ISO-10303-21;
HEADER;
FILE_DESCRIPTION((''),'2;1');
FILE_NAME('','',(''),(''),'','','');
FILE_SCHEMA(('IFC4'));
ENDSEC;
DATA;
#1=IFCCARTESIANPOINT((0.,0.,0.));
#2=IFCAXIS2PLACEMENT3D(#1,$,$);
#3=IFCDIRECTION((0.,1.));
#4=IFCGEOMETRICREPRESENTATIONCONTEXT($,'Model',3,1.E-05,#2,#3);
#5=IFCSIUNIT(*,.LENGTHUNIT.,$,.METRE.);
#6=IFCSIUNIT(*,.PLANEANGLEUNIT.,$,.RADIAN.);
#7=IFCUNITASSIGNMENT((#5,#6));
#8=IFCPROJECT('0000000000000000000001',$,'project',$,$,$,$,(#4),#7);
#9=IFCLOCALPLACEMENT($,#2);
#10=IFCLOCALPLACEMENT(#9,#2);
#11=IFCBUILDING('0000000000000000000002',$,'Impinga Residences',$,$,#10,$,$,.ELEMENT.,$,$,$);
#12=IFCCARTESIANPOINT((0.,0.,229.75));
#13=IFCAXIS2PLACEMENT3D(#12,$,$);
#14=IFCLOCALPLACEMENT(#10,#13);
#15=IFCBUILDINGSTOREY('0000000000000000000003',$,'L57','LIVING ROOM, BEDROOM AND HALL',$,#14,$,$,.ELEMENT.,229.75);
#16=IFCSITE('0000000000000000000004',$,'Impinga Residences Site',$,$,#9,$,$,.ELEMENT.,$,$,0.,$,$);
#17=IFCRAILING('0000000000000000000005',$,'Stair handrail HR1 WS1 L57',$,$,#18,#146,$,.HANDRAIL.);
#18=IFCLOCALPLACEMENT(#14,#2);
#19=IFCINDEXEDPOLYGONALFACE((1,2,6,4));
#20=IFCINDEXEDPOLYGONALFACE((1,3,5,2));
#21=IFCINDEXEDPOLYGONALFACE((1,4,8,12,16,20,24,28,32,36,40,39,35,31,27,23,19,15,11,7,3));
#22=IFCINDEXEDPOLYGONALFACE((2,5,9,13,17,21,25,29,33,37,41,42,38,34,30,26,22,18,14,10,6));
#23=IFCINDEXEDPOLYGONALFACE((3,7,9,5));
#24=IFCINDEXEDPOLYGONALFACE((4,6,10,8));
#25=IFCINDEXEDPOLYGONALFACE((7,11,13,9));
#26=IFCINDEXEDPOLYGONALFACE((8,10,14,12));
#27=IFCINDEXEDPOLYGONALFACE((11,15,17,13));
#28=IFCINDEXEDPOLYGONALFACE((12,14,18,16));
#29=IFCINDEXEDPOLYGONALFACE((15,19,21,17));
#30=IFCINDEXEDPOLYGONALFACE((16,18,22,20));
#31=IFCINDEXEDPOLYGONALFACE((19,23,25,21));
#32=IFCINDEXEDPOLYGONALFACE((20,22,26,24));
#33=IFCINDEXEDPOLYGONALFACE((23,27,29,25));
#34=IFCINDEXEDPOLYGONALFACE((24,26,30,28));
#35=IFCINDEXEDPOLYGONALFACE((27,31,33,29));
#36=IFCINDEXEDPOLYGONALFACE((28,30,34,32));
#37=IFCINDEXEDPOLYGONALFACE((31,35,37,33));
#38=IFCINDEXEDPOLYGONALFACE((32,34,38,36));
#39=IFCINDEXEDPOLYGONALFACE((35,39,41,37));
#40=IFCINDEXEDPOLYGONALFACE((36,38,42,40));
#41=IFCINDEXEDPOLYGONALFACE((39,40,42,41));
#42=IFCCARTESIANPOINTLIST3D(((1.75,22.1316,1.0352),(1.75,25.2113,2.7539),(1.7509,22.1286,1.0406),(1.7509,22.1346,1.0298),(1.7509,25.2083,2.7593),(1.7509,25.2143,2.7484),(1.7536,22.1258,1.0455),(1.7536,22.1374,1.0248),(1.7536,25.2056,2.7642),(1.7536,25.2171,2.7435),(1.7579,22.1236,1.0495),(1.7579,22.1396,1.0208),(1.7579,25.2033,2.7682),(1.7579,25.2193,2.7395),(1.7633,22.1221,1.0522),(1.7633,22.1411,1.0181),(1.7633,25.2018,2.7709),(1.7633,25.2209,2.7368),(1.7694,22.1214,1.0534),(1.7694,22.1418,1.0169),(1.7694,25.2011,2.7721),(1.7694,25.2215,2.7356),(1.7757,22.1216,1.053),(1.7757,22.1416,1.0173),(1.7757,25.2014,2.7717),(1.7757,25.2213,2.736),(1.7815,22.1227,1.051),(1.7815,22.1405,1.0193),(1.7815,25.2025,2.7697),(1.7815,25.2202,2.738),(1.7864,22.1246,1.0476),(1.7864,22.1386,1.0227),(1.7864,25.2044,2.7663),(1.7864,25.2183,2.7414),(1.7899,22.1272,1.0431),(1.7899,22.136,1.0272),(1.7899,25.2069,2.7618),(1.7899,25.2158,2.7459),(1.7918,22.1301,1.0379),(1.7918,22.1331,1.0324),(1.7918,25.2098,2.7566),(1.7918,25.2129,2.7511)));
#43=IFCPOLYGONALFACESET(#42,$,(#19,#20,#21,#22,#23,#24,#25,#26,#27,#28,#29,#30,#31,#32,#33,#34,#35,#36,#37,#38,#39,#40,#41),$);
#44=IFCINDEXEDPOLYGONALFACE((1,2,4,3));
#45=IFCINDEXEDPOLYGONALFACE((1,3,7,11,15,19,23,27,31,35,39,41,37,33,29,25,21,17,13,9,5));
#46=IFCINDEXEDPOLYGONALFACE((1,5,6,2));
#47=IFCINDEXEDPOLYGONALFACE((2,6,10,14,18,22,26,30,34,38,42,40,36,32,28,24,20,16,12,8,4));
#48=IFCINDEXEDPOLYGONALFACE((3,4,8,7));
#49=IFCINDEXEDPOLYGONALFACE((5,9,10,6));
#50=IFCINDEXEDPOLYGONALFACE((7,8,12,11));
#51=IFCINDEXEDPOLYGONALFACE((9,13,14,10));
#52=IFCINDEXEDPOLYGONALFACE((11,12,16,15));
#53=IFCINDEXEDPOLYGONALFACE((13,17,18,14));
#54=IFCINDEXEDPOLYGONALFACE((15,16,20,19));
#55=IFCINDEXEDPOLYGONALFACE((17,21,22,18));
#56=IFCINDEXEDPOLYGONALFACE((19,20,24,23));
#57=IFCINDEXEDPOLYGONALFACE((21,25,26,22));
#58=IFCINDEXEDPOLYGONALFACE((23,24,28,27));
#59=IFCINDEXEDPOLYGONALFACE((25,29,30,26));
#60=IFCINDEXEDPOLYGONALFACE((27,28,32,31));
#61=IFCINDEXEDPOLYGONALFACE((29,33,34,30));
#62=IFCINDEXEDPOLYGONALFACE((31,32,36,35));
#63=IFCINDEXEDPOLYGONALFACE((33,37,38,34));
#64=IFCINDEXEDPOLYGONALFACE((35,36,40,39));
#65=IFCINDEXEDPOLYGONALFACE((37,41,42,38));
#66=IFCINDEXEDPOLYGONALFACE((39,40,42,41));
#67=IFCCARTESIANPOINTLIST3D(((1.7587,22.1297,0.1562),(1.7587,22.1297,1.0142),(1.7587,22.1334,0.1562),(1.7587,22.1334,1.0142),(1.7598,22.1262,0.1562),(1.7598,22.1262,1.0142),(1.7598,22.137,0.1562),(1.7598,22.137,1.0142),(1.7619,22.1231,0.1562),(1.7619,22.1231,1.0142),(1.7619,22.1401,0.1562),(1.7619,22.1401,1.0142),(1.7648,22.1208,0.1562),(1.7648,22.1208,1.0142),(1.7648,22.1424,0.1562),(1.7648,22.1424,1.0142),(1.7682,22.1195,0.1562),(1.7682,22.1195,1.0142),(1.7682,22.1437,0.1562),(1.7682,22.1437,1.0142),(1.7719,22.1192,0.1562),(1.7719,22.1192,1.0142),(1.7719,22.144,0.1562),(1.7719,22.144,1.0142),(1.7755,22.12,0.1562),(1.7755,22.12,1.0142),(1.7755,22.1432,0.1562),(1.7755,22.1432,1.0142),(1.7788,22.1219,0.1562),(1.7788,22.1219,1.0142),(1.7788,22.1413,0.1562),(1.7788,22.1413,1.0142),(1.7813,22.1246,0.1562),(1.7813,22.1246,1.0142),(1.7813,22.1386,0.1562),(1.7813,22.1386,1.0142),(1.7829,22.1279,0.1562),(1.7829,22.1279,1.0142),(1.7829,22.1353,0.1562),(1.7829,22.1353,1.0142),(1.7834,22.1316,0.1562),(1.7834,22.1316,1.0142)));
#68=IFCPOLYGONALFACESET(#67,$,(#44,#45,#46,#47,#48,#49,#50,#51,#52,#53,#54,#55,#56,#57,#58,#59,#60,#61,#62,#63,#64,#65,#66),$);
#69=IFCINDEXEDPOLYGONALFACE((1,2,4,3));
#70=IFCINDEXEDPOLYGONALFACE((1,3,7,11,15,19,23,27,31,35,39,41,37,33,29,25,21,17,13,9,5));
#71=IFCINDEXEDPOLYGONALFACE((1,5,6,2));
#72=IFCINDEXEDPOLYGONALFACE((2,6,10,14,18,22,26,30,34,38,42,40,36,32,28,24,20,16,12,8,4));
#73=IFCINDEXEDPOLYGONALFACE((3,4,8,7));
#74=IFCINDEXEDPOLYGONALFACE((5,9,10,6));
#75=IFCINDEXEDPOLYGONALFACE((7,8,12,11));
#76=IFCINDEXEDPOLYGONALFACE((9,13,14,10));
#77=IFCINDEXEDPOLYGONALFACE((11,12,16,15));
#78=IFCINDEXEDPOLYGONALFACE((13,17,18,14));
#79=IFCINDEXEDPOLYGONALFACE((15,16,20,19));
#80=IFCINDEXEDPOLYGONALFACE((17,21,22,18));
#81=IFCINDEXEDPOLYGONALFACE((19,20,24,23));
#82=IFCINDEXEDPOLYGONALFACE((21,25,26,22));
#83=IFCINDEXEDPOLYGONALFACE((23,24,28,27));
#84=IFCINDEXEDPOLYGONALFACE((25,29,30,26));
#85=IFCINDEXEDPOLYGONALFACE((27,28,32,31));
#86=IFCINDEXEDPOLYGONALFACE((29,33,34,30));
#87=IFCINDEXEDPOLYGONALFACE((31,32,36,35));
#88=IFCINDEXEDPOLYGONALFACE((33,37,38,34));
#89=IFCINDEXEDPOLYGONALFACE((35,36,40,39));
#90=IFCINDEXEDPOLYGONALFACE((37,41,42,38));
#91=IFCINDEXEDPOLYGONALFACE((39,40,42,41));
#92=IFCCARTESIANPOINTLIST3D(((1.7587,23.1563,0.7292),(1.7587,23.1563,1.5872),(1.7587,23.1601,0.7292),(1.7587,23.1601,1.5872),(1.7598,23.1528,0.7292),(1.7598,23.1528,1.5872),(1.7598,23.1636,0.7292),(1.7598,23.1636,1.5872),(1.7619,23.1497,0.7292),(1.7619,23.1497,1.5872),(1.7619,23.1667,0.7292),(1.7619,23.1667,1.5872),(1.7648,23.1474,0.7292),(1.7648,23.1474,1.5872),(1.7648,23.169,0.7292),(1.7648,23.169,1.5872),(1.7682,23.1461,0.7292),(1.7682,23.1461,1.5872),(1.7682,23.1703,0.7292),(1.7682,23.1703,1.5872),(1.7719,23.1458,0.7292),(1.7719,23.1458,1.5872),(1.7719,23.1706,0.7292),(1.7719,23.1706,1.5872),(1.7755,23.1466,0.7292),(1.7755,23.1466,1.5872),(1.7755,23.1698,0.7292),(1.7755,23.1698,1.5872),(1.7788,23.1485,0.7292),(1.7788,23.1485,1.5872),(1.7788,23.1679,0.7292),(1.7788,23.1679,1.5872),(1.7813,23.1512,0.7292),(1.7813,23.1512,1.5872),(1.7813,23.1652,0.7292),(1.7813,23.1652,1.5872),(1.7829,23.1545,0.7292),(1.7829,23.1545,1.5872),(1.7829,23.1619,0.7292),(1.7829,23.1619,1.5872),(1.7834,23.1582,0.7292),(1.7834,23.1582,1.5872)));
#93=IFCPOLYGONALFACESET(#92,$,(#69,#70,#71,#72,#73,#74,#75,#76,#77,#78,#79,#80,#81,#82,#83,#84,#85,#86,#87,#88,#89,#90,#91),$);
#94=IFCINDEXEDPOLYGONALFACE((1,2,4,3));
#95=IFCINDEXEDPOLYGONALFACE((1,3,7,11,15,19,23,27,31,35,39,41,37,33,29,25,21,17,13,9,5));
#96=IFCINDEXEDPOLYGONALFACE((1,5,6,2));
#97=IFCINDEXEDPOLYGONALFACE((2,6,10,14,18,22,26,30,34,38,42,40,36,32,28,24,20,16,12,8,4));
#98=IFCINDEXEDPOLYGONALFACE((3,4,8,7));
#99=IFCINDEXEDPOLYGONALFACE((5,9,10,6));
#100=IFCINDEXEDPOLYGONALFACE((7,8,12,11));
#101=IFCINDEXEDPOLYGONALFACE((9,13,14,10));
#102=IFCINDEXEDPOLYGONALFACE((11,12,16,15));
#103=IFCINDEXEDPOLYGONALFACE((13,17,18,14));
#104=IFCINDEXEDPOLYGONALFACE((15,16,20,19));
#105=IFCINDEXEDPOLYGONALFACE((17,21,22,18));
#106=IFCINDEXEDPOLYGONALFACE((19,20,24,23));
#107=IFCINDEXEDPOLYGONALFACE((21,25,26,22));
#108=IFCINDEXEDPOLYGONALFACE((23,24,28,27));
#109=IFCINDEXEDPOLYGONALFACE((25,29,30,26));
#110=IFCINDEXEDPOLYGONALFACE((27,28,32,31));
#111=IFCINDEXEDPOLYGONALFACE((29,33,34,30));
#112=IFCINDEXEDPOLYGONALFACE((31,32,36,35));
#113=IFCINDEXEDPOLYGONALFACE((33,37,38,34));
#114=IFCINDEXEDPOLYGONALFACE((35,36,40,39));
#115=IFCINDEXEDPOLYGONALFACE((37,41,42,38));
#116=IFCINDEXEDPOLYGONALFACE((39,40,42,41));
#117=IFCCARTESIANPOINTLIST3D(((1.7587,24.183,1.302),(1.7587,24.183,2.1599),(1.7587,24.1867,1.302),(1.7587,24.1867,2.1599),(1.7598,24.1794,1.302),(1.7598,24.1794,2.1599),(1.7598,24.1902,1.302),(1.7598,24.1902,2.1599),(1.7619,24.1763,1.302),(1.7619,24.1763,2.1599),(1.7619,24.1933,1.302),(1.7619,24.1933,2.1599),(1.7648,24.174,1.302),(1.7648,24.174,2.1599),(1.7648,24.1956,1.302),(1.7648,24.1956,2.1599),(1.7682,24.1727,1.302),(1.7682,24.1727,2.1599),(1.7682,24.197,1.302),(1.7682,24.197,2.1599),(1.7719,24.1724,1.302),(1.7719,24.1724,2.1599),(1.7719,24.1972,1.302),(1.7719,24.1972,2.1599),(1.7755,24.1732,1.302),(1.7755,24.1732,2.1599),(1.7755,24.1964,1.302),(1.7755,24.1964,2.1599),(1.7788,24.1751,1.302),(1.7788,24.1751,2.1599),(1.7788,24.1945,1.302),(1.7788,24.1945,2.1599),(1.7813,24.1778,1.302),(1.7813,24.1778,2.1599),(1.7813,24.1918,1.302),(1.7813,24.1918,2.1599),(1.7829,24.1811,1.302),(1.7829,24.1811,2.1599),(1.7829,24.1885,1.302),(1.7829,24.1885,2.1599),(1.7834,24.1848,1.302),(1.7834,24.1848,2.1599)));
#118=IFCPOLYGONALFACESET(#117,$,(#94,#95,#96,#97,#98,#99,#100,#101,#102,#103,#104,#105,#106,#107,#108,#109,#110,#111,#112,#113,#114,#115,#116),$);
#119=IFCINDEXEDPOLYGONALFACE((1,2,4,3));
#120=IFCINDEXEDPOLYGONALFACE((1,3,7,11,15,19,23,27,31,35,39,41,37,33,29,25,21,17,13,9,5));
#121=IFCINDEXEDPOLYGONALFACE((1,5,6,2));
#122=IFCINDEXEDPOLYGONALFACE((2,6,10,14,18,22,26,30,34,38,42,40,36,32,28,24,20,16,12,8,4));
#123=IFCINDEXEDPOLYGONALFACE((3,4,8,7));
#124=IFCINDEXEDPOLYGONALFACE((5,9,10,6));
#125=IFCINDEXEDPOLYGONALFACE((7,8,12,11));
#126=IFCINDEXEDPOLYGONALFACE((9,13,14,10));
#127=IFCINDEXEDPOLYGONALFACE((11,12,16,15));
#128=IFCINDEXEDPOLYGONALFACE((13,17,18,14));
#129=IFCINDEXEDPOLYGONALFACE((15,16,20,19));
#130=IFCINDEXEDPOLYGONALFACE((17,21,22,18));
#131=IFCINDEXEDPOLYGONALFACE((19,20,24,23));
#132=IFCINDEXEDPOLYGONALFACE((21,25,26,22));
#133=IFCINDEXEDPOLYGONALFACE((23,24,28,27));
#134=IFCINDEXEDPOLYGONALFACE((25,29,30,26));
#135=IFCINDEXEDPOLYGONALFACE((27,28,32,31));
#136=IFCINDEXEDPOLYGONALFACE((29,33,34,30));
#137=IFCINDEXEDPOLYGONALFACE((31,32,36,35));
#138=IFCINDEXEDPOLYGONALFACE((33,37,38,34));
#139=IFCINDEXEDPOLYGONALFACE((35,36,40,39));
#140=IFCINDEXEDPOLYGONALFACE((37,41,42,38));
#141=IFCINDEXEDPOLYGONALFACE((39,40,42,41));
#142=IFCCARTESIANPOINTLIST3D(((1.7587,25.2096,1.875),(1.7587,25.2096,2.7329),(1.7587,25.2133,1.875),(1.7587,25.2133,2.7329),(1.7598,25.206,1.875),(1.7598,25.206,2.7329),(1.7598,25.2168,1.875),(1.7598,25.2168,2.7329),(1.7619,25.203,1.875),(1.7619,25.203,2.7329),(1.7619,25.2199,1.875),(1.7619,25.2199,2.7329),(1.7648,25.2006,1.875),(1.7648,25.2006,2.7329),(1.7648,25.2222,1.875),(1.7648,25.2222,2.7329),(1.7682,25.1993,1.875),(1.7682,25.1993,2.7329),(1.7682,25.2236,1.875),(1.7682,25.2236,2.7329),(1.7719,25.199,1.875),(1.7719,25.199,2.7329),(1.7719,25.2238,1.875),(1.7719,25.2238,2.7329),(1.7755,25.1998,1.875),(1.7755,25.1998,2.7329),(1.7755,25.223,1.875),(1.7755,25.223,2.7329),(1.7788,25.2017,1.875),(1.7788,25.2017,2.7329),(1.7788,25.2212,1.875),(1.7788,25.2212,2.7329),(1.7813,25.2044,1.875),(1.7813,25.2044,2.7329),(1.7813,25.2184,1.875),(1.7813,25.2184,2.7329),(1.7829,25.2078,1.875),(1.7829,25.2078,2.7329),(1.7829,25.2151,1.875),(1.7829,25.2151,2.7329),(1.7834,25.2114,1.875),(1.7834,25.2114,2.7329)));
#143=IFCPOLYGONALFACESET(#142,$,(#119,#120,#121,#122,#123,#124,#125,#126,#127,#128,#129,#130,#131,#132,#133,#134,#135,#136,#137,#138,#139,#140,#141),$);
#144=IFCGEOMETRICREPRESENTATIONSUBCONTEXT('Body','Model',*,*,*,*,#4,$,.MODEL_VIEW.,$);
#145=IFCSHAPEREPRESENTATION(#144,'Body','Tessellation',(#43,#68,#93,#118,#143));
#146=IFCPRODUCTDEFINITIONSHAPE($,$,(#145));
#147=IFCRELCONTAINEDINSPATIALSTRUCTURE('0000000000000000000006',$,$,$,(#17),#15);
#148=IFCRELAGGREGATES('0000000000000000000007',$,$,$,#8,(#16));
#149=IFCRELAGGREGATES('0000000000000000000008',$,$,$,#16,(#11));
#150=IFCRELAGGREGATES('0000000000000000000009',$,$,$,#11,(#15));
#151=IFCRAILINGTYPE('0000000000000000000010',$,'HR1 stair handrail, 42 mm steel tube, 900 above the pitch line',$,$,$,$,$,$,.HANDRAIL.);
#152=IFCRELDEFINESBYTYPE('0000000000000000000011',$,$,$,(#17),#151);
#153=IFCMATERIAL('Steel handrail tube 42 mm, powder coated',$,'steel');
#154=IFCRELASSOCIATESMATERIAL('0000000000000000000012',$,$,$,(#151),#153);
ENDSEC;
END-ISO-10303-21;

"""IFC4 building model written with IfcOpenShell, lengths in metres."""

from ifc_helpers import new_model, si_unit, direction, frame, origin, origin_2d, place, context, subcontext, project, spatial, circle, extrude, material, type_object, element, save


model = new_model("IFC4")

# Units and contexts
model_context = context("Model", 3, precision=1e-05, world=origin(), true_north=direction((0.0, 1.0)))
body_context = subcontext(model_context, "Body", "Model", "MODEL_VIEW")
ifc_project = project(units=[si_unit("LENGTHUNIT", "METRE"), si_unit("PLANEANGLEUNIT", "RADIAN")], contexts=[model_context])

# Site, building, storey
site_placement = place(None, origin())
site = spatial("IfcSite", under=ifc_project, at=site_placement, Name="Impinga Residences Site", CompositionType="ELEMENT", RefElevation=0.0)
building_placement = place(site_placement, origin())
building = spatial("IfcBuilding", under=site, at=building_placement, Name="Impinga Residences", CompositionType="ELEMENT")
storey_placement = place(building_placement, frame((0.0, 0.0, 229.75)))
storey = spatial("IfcBuildingStorey", under=building, at=storey_placement, Name="L57", Description="LIVING ROOM, BEDROOM AND HALL", CompositionType="ELEMENT", Elevation=229.75)

# Railing
ifc_material_1 = material(Name="Steel handrail tube 42 mm, powder coated", Category="steel")
railing_type_1 = type_object("IfcRailingType", Name="HR1 stair handrail, 42 mm steel tube, 900 above the pitch line", PredefinedType="HANDRAIL", material=ifc_material_1)
railing_1_placement = place(storey_placement, frame((1.771, 22.1316, 0.1562)))
element("IfcRailing", 1, at=railing_1_placement, inside=storey, type_object=railing_type_1, Name="Stair handrail HR1 WS1 L57", PredefinedType="HANDRAIL", context=body_context, shape_type="SweptSolid", body=[
    extrude(circle(Radius=0.021, at=origin_2d()), frame((0.0, 0.0, 0.8789), z_axis=(0.0, 0.873225, 0.487317), x_axis=(-1.0, 0.0, 0.0)), (0.0, 0.0, 1.0), 3.5269),
    extrude(circle(Radius=0.0125, at=origin_2d()), origin(), (0.0, 0.0, 1.0), 0.8579),
    extrude(circle(Radius=0.0125, at=origin_2d()), frame((0.0, 1.0266, 0.573)), (0.0, 0.0, 1.0), 0.8579),
    extrude(circle(Radius=0.0125, at=origin_2d()), frame((0.0, 2.0532, 1.1458)), (0.0, 0.0, 1.0), 0.8579),
    extrude(circle(Radius=0.0125, at=origin_2d()), frame((0.0, 3.0798, 1.7188)), (0.0, 0.0, 1.0), 0.8579),
])

save(model, "model.ifc")
